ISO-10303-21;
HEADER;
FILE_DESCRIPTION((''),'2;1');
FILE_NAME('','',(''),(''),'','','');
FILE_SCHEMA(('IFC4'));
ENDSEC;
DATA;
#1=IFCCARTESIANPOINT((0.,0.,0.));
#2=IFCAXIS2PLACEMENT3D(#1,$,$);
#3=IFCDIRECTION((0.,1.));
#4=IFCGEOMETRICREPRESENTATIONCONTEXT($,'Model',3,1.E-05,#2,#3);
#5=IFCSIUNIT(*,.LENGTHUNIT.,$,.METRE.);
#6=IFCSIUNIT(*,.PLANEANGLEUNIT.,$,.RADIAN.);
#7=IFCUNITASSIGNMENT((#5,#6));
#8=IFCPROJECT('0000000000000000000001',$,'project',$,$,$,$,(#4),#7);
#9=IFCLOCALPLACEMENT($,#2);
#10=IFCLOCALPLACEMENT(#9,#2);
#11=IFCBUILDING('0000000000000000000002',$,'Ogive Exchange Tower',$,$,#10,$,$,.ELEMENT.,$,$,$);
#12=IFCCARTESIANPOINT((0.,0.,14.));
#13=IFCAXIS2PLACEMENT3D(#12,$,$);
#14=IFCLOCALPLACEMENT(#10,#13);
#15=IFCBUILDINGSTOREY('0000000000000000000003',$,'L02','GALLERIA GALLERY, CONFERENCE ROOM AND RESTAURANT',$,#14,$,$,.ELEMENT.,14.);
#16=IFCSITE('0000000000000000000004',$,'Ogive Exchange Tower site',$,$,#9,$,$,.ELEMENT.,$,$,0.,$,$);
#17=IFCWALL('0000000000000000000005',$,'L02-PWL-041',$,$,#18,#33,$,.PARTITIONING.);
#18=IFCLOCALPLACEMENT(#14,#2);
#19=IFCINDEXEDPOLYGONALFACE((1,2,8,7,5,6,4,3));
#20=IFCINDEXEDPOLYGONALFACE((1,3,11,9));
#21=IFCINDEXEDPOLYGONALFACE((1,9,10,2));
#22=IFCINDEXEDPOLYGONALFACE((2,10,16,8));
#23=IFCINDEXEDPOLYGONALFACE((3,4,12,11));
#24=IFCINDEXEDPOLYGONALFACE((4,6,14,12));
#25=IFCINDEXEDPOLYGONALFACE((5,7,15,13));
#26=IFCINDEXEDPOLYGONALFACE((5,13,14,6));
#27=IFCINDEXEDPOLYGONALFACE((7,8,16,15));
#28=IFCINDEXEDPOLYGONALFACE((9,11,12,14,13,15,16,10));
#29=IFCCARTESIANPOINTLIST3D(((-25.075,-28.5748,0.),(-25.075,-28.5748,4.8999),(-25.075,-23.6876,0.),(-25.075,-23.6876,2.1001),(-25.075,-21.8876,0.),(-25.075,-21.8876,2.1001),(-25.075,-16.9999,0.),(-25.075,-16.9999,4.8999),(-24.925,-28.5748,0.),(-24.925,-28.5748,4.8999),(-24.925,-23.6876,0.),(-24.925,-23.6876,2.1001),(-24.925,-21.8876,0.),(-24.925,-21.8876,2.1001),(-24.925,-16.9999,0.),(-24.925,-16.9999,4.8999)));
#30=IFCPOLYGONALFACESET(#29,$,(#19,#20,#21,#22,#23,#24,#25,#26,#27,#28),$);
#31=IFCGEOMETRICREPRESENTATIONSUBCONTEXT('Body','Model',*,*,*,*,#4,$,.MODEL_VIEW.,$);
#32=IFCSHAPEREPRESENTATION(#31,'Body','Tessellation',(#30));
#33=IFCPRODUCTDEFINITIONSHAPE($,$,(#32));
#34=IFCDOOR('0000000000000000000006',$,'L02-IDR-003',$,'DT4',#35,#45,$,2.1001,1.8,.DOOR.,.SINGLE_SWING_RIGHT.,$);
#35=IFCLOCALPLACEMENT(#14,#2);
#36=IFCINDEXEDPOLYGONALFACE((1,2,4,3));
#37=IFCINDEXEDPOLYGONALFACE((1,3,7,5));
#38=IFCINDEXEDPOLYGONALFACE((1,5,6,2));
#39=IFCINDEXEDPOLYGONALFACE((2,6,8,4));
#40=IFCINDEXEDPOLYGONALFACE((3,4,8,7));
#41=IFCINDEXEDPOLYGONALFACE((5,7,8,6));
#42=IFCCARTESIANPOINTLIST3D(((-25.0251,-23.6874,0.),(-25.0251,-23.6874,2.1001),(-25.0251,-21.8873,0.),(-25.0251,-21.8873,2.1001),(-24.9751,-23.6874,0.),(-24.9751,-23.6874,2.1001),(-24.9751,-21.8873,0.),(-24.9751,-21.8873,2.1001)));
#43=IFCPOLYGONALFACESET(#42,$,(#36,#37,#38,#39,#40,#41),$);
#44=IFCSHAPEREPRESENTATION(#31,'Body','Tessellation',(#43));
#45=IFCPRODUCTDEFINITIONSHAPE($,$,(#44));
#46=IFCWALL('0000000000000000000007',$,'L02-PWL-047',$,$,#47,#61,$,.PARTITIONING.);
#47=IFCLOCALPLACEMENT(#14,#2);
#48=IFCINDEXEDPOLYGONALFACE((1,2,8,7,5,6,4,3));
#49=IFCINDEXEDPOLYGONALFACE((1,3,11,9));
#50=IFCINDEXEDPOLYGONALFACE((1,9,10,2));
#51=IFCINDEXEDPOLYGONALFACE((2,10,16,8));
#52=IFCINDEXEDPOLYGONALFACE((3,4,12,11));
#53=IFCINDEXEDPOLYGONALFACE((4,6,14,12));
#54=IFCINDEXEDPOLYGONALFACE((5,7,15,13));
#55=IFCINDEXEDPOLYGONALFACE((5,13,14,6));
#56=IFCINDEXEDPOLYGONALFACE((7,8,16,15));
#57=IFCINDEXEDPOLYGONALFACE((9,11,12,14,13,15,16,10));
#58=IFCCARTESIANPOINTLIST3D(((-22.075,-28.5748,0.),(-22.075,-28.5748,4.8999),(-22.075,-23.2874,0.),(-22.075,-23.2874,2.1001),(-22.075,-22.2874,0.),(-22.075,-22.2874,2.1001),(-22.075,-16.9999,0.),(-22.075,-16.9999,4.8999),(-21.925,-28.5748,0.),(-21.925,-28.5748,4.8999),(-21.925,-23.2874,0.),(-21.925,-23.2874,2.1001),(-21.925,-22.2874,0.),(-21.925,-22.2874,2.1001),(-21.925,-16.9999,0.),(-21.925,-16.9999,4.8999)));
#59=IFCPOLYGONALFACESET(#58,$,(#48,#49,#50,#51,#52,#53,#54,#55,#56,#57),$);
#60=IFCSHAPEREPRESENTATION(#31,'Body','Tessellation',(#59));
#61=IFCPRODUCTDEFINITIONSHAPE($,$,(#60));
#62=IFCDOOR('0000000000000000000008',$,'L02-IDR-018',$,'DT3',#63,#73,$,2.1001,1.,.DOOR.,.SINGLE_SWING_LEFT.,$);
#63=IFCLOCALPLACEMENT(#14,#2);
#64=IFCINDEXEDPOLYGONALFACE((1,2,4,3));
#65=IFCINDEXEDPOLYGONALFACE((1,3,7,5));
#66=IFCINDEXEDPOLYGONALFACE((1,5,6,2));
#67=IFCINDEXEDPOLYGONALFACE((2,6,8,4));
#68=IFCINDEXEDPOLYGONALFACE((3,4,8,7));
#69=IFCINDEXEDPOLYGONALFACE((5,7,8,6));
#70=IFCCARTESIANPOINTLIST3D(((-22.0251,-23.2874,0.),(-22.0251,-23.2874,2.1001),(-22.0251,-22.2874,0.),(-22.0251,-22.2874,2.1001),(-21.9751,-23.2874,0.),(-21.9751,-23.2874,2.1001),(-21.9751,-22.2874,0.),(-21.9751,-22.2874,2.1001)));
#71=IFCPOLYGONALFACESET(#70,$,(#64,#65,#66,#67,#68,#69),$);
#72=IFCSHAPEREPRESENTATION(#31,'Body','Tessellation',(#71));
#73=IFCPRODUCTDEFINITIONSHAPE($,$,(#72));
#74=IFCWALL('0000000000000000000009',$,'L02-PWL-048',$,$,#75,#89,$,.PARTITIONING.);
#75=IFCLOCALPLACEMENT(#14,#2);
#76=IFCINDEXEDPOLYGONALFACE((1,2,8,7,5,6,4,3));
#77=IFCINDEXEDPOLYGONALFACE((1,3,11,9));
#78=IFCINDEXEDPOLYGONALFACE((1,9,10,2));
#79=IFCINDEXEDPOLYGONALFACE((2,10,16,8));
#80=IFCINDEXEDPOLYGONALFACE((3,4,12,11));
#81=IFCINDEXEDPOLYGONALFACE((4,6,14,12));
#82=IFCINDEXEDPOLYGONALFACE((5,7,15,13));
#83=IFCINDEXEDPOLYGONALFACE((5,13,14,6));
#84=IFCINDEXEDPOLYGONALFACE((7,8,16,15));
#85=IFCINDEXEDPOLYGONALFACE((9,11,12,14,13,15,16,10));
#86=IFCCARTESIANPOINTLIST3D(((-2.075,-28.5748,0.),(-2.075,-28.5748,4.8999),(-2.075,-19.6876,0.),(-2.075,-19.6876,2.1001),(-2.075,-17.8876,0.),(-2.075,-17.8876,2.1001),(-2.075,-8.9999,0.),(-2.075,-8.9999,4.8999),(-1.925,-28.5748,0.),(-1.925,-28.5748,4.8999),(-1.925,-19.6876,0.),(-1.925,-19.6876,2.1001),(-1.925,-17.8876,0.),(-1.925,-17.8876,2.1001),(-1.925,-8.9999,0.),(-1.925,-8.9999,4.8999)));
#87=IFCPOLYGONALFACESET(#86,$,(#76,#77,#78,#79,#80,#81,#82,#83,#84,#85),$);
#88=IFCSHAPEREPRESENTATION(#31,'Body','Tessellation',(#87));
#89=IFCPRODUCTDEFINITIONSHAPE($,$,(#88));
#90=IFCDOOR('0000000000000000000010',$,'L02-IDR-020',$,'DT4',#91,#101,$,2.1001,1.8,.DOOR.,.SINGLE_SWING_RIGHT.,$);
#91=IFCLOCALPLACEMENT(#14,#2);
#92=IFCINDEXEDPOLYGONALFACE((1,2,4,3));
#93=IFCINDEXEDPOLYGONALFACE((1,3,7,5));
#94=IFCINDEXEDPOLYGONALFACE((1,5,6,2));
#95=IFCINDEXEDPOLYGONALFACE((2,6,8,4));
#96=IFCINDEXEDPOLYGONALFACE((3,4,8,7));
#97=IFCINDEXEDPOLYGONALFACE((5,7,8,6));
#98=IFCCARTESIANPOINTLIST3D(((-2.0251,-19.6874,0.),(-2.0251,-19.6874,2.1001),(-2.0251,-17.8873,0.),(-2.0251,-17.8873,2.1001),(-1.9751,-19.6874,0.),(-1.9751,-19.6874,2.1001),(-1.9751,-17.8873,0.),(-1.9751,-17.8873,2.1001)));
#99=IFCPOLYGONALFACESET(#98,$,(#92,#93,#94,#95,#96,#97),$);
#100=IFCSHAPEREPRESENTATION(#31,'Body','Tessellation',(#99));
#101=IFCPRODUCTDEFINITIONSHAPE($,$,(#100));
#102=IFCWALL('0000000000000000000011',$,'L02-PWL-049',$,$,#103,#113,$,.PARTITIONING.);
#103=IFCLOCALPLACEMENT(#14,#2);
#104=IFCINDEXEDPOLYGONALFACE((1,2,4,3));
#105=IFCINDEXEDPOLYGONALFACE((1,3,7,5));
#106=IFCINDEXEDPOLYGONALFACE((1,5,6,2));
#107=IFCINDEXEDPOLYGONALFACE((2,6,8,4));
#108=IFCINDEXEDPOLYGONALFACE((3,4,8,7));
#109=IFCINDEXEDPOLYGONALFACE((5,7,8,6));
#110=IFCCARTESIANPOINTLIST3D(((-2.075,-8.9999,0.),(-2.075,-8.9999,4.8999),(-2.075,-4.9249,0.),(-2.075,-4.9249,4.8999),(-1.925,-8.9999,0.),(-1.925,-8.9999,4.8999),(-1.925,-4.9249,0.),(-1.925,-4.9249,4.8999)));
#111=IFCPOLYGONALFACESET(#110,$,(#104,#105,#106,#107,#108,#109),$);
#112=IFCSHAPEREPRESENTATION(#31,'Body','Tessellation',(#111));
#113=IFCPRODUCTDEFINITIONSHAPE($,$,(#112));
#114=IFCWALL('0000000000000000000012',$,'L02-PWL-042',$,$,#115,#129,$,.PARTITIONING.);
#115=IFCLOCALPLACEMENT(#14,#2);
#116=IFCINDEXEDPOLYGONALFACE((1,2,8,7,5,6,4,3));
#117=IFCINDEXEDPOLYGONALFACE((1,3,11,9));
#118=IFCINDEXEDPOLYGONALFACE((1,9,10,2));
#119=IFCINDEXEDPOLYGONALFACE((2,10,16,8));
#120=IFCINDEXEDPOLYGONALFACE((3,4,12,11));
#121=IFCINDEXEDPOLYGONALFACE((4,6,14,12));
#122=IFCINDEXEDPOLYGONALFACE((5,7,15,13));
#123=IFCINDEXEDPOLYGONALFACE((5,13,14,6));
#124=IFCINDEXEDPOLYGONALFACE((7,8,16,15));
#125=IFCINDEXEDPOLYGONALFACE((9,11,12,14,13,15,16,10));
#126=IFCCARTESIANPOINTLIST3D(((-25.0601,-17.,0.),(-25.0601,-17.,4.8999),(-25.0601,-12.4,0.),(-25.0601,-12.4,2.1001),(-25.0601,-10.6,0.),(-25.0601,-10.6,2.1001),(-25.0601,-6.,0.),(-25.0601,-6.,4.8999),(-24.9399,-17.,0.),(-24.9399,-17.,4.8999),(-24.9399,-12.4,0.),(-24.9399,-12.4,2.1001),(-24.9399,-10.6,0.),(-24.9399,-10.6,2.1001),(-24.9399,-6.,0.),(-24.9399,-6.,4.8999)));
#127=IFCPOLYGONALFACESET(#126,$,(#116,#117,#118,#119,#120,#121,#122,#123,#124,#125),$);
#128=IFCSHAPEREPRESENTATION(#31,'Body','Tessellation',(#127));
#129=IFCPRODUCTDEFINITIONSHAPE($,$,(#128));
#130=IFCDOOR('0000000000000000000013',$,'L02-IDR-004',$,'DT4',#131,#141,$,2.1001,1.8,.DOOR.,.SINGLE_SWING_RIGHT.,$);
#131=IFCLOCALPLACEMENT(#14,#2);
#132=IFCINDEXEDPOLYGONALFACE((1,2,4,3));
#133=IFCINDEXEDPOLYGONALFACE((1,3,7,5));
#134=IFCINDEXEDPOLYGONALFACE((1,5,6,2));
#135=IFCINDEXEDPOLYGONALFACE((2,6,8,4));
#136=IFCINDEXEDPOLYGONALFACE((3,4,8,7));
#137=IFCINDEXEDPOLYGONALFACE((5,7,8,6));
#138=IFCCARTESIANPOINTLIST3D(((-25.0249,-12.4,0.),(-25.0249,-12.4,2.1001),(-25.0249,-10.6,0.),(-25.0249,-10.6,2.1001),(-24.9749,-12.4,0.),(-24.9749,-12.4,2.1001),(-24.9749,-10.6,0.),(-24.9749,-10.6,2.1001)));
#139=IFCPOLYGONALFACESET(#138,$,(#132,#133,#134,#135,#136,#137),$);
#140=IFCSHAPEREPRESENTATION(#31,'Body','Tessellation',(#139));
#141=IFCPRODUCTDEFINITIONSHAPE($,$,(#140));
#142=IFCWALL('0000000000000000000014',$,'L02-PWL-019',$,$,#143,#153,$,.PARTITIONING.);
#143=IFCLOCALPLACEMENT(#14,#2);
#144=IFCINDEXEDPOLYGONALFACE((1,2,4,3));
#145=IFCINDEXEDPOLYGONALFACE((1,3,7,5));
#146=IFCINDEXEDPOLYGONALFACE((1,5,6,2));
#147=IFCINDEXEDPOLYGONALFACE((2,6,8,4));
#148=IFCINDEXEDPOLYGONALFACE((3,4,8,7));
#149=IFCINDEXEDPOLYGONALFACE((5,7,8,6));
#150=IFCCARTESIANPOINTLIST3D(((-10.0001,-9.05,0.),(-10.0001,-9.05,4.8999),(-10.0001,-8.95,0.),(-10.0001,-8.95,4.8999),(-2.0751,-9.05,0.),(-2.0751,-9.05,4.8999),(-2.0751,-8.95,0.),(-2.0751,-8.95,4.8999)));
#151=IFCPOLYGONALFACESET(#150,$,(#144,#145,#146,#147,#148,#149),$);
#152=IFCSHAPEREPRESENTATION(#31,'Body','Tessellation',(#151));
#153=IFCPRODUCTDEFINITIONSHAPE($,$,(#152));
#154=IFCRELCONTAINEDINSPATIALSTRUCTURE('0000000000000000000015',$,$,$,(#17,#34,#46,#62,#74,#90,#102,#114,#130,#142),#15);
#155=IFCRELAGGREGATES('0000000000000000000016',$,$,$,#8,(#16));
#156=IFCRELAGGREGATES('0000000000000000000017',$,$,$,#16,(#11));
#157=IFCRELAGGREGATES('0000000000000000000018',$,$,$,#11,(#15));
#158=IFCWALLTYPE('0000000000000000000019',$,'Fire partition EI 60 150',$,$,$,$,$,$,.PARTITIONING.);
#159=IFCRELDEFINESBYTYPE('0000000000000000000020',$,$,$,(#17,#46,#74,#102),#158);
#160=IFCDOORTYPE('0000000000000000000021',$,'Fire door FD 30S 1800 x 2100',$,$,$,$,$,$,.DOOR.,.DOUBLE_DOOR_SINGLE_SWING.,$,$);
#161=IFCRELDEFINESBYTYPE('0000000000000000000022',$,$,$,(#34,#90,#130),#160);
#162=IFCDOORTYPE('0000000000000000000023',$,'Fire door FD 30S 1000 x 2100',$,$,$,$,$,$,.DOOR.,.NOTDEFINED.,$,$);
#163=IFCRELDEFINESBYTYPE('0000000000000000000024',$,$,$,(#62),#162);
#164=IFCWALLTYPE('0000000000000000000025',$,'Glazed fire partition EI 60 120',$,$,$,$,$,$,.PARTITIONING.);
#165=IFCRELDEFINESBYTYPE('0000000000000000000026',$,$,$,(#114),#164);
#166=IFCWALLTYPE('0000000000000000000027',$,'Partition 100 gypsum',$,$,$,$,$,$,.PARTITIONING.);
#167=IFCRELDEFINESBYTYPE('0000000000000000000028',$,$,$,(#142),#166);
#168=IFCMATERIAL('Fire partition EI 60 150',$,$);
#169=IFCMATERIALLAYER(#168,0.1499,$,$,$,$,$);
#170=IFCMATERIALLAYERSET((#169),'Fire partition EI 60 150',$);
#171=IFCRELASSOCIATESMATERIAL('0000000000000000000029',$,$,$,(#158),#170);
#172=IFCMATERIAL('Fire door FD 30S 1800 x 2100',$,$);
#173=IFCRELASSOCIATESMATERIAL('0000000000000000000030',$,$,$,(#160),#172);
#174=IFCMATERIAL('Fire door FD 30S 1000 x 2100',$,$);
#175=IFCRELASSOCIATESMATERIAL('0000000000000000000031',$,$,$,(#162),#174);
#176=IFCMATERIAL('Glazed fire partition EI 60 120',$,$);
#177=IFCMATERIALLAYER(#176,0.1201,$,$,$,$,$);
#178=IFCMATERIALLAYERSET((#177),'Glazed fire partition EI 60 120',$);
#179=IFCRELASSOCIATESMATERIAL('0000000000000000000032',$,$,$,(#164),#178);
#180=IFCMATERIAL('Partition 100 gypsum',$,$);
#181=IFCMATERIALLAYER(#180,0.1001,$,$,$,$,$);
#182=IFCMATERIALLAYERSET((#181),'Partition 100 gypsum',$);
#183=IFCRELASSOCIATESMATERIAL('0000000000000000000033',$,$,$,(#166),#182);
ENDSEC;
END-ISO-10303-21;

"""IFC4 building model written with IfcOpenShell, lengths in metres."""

from ifc_helpers import new_model, si_unit, direction, frame, frame_2d, origin, place, context, subcontext, project, spatial, rectangle, extrude, material, layer, layer_set, type_object, element, fill, save


model = new_model("IFC4")

# Units and contexts
model_context = context("Model", 3, precision=1e-05, world=origin(), true_north=direction((0.0, 1.0)))
body_context = subcontext(model_context, "Body", "Model", "MODEL_VIEW")
ifc_project = project(units=[si_unit("LENGTHUNIT", "METRE"), si_unit("PLANEANGLEUNIT", "RADIAN")], contexts=[model_context])

# Site, building, storey
site_placement = place(None, origin())
site = spatial("IfcSite", under=ifc_project, at=site_placement, Name="Ogive Exchange Tower site", CompositionType="ELEMENT", RefElevation=0.0)
building_placement = place(site_placement, origin())
building = spatial("IfcBuilding", under=site, at=building_placement, Name="Ogive Exchange Tower", CompositionType="ELEMENT")
storey_placement = place(building_placement, frame((0.0, 0.0, 14.0)))
storey = spatial("IfcBuildingStorey", under=building, at=storey_placement, Name="L02", Description="GALLERIA GALLERY, CONFERENCE ROOM AND RESTAURANT", CompositionType="ELEMENT", Elevation=14.0)

# Shared definitions
ifc_material_1 = material(Name="Fire partition EI 60 150")
ifc_layer_1 = layer(ifc_material_1, 0.1499)
ifc_layer_set_1 = layer_set([ifc_layer_1], Name="Fire partition EI 60 150")
wall_type_1 = type_object("IfcWallType", Name="Fire partition EI 60 150", PredefinedType="PARTITIONING", material=ifc_layer_set_1)

# Walls, openings, doors
wall_1_placement = place(storey_placement, frame((-25.0, -28.575, 0.0), z_axis=(0.0, 0.0, 1.0), x_axis=(0.0, 1.0, 0.0)))
wall_1 = element("IfcWall", 1, at=wall_1_placement, inside=storey, type_object=wall_type_1, Name="L02-PWL-041", PredefinedType="PARTITIONING", context=body_context, shape_type="SweptSolid", body=[
    extrude(rectangle(XDim=11.575, YDim=0.1499, at=frame_2d((5.7876, 0.0))), origin(), (0.0, 0.0, 1.0), 4.8999),
])
opening_1_placement = place(wall_1_placement, frame((4.8875, 0.0, 0.0)))
opening_1 = element("IfcOpeningElement", 2, at=opening_1_placement, cuts=wall_1, PredefinedType="OPENING", context=body_context, shape_type="SweptSolid", body=[
    extrude(rectangle(XDim=1.8, YDim=2.1001, at=frame_2d((0.8999, 1.05))), frame((0.0, 0.085, 0.0), z_axis=(0.0, -1.0, 0.0), x_axis=(1.0, 0.0, 0.0)), (0.0, 0.0, 1.0), 0.1699),
])
ifc_material_2 = material(Name="Fire door FD 30S 1800 x 2100")
door_type_1 = type_object("IfcDoorType", Name="Fire door FD 30S 1800 x 2100", OperationType="DOUBLE_DOOR_SINGLE_SWING", PredefinedType="DOOR", material=ifc_material_2)
door_1_placement = place(opening_1_placement, frame((1.8, 0.0, 0.0), z_axis=(0.0, 0.0, 1.0), x_axis=(-1.0, 0.0, 0.0)))
door_1 = element("IfcDoor", 3, at=door_1_placement, inside=storey, type_object=door_type_1, Name="L02-IDR-003", ObjectType="DT4", OperationType="SINGLE_SWING_RIGHT", OverallHeight=2.1001, OverallWidth=1.8, PredefinedType="DOOR", context=body_context, shape_type="SweptSolid", body=[
    extrude(rectangle(XDim=1.8, YDim=2.1001, at=frame_2d((0.8999, 1.05))), frame((0.0, 0.0249, 0.0), z_axis=(0.0, -1.0, 0.0), x_axis=(1.0, 0.0, 0.0)), (0.0, 0.0, 1.0), 0.05),
])
fill(opening_1, door_1)
wall_2_placement = place(storey_placement, frame((-22.0, -28.575, 0.0), z_axis=(0.0, 0.0, 1.0), x_axis=(0.0, 1.0, 0.0)))
wall_2 = element("IfcWall", 4, at=wall_2_placement, inside=storey, type_object=wall_type_1, Name="L02-PWL-047", PredefinedType="PARTITIONING", context=body_context, shape_type="SweptSolid", body=[
    extrude(rectangle(XDim=11.575, YDim=0.1499, at=frame_2d((5.7876, 0.0))), origin(), (0.0, 0.0, 1.0), 4.8999),
])
opening_2_placement = place(wall_2_placement, frame((5.2876, 0.0, 0.0)))
opening_2 = element("IfcOpeningElement", 5, at=opening_2_placement, cuts=wall_2, PredefinedType="OPENING", context=body_context, shape_type="SweptSolid", body=[
    extrude(rectangle(XDim=1.0, YDim=2.1001, at=frame_2d((0.5, 1.05))), frame((0.0, 0.085, 0.0), z_axis=(0.0, -1.0, 0.0), x_axis=(1.0, 0.0, 0.0)), (0.0, 0.0, 1.0), 0.1699),
])
ifc_material_3 = material(Name="Fire door FD 30S 1000 x 2100")
door_type_2 = type_object("IfcDoorType", Name="Fire door FD 30S 1000 x 2100", OperationType="NOTDEFINED", PredefinedType="DOOR", material=ifc_material_3)
door_2_placement = place(opening_2_placement, frame((1.0, 0.0, 0.0), z_axis=(0.0, 0.0, 1.0), x_axis=(-1.0, 0.0, 0.0)))
door_2 = element("IfcDoor", 6, at=door_2_placement, inside=storey, type_object=door_type_2, Name="L02-IDR-018", ObjectType="DT3", OperationType="SINGLE_SWING_LEFT", OverallHeight=2.1001, OverallWidth=1.0, PredefinedType="DOOR", context=body_context, shape_type="SweptSolid", body=[
    extrude(rectangle(XDim=1.0, YDim=2.1001, at=frame_2d((0.5, 1.05))), frame((0.0, 0.0249, 0.0), z_axis=(0.0, -1.0, 0.0), x_axis=(1.0, 0.0, 0.0)), (0.0, 0.0, 1.0), 0.05),
])
fill(opening_2, door_2)
wall_3_placement = place(storey_placement, frame((-2.0, -28.575, 0.0), z_axis=(0.0, 0.0, 1.0), x_axis=(0.0, 1.0, 0.0)))
wall_3 = element("IfcWall", 7, at=wall_3_placement, inside=storey, type_object=wall_type_1, Name="L02-PWL-048", PredefinedType="PARTITIONING", context=body_context, shape_type="SweptSolid", body=[
    extrude(rectangle(XDim=19.575, YDim=0.1499, at=frame_2d((9.7876, 0.0))), origin(), (0.0, 0.0, 1.0), 4.8999),
])
opening_3_placement = place(wall_3_placement, frame((8.8875, 0.0, 0.0)))
opening_3 = element("IfcOpeningElement", 8, at=opening_3_placement, cuts=wall_3, PredefinedType="OPENING", context=body_context, shape_type="SweptSolid", body=[
    extrude(rectangle(XDim=1.8, YDim=2.1001, at=frame_2d((0.8999, 1.05))), frame((0.0, 0.085, 0.0), z_axis=(0.0, -1.0, 0.0), x_axis=(1.0, 0.0, 0.0)), (0.0, 0.0, 1.0), 0.1699),
])
door_3_placement = place(opening_3_placement, frame((1.8, 0.0, 0.0), z_axis=(0.0, 0.0, 1.0), x_axis=(-1.0, 0.0, 0.0)))
door_3 = element("IfcDoor", 9, at=door_3_placement, inside=storey, type_object=door_type_1, Name="L02-IDR-020", ObjectType="DT4", OperationType="SINGLE_SWING_RIGHT", OverallHeight=2.1001, OverallWidth=1.8, PredefinedType="DOOR", context=body_context, shape_type="SweptSolid", body=[
    extrude(rectangle(XDim=1.8, YDim=2.1001, at=frame_2d((0.8999, 1.05))), frame((0.0, 0.0249, 0.0), z_axis=(0.0, -1.0, 0.0), x_axis=(1.0, 0.0, 0.0)), (0.0, 0.0, 1.0), 0.05),
])
fill(opening_3, door_3)

# Wall
wall_4_placement = place(storey_placement, frame((-2.0, -9.0, 0.0), z_axis=(0.0, 0.0, 1.0), x_axis=(0.0, 1.0, 0.0)))
element("IfcWall", 10, at=wall_4_placement, inside=storey, type_object=wall_type_1, Name="L02-PWL-049", PredefinedType="PARTITIONING", context=body_context, shape_type="SweptSolid", body=[
    extrude(rectangle(XDim=4.075, YDim=0.1499, at=frame_2d((2.0376, 0.0))), origin(), (0.0, 0.0, 1.0), 4.8999),
])

# Wall, opening, door
ifc_material_4 = material(Name="Glazed fire partition EI 60 120")
ifc_layer_2 = layer(ifc_material_4, 0.1201)
ifc_layer_set_2 = layer_set([ifc_layer_2], Name="Glazed fire partition EI 60 120")
wall_type_2 = type_object("IfcWallType", Name="Glazed fire partition EI 60 120", PredefinedType="PARTITIONING", material=ifc_layer_set_2)
wall_5_placement = place(storey_placement, frame((-25.0, -17.0, 0.0), z_axis=(0.0, 0.0, 1.0), x_axis=(0.0, 1.0, 0.0)))
wall_5 = element("IfcWall", 11, at=wall_5_placement, inside=storey, type_object=wall_type_2, Name="L02-PWL-042", PredefinedType="PARTITIONING", context=body_context, shape_type="SweptSolid", body=[
    extrude(rectangle(XDim=11.0, YDim=0.1201, at=frame_2d((5.5, 0.0))), origin(), (0.0, 0.0, 1.0), 4.8999),
])
opening_4_placement = place(wall_5_placement, frame((4.6001, 0.0, 0.0)))
opening_4 = element("IfcOpeningElement", 12, at=opening_4_placement, cuts=wall_5, PredefinedType="OPENING", context=body_context, shape_type="SweptSolid", body=[
    extrude(rectangle(XDim=1.8, YDim=2.1001, at=frame_2d((0.8999, 1.05))), frame((0.0, 0.0701, 0.0), z_axis=(0.0, -1.0, 0.0), x_axis=(1.0, 0.0, 0.0)), (0.0, 0.0, 1.0), 0.1401),
])
door_4_placement = place(opening_4_placement, origin())
door_4 = element("IfcDoor", 13, at=door_4_placement, inside=storey, type_object=door_type_1, Name="L02-IDR-004", ObjectType="DT4", OperationType="SINGLE_SWING_RIGHT", OverallHeight=2.1001, OverallWidth=1.8, PredefinedType="DOOR", context=body_context, shape_type="SweptSolid", body=[
    extrude(rectangle(XDim=1.8, YDim=2.1001, at=frame_2d((0.8999, 1.05))), frame((0.0, 0.0249, 0.0), z_axis=(0.0, -1.0, 0.0), x_axis=(1.0, 0.0, 0.0)), (0.0, 0.0, 1.0), 0.05),
])
fill(opening_4, door_4)

# Wall
ifc_material_5 = material(Name="Partition 100 gypsum")
ifc_layer_3 = layer(ifc_material_5, 0.1001)
ifc_layer_set_3 = layer_set([ifc_layer_3], Name="Partition 100 gypsum")
wall_type_3 = type_object("IfcWallType", Name="Partition 100 gypsum", PredefinedType="PARTITIONING", material=ifc_layer_set_3)
wall_6_placement = place(storey_placement, frame((-10.0, -9.0, 0.0), z_axis=(0.0, 0.0, 1.0), x_axis=(1.0, 0.0, 0.0)))
element("IfcWall", 14, at=wall_6_placement, inside=storey, type_object=wall_type_3, Name="L02-PWL-019", PredefinedType="PARTITIONING", context=body_context, shape_type="SweptSolid", body=[
    extrude(rectangle(XDim=7.925, YDim=0.1001, at=frame_2d((3.9624, 0.0))), origin(), (0.0, 0.0, 1.0), 4.8999),
])

save(model, "model.ifc")
